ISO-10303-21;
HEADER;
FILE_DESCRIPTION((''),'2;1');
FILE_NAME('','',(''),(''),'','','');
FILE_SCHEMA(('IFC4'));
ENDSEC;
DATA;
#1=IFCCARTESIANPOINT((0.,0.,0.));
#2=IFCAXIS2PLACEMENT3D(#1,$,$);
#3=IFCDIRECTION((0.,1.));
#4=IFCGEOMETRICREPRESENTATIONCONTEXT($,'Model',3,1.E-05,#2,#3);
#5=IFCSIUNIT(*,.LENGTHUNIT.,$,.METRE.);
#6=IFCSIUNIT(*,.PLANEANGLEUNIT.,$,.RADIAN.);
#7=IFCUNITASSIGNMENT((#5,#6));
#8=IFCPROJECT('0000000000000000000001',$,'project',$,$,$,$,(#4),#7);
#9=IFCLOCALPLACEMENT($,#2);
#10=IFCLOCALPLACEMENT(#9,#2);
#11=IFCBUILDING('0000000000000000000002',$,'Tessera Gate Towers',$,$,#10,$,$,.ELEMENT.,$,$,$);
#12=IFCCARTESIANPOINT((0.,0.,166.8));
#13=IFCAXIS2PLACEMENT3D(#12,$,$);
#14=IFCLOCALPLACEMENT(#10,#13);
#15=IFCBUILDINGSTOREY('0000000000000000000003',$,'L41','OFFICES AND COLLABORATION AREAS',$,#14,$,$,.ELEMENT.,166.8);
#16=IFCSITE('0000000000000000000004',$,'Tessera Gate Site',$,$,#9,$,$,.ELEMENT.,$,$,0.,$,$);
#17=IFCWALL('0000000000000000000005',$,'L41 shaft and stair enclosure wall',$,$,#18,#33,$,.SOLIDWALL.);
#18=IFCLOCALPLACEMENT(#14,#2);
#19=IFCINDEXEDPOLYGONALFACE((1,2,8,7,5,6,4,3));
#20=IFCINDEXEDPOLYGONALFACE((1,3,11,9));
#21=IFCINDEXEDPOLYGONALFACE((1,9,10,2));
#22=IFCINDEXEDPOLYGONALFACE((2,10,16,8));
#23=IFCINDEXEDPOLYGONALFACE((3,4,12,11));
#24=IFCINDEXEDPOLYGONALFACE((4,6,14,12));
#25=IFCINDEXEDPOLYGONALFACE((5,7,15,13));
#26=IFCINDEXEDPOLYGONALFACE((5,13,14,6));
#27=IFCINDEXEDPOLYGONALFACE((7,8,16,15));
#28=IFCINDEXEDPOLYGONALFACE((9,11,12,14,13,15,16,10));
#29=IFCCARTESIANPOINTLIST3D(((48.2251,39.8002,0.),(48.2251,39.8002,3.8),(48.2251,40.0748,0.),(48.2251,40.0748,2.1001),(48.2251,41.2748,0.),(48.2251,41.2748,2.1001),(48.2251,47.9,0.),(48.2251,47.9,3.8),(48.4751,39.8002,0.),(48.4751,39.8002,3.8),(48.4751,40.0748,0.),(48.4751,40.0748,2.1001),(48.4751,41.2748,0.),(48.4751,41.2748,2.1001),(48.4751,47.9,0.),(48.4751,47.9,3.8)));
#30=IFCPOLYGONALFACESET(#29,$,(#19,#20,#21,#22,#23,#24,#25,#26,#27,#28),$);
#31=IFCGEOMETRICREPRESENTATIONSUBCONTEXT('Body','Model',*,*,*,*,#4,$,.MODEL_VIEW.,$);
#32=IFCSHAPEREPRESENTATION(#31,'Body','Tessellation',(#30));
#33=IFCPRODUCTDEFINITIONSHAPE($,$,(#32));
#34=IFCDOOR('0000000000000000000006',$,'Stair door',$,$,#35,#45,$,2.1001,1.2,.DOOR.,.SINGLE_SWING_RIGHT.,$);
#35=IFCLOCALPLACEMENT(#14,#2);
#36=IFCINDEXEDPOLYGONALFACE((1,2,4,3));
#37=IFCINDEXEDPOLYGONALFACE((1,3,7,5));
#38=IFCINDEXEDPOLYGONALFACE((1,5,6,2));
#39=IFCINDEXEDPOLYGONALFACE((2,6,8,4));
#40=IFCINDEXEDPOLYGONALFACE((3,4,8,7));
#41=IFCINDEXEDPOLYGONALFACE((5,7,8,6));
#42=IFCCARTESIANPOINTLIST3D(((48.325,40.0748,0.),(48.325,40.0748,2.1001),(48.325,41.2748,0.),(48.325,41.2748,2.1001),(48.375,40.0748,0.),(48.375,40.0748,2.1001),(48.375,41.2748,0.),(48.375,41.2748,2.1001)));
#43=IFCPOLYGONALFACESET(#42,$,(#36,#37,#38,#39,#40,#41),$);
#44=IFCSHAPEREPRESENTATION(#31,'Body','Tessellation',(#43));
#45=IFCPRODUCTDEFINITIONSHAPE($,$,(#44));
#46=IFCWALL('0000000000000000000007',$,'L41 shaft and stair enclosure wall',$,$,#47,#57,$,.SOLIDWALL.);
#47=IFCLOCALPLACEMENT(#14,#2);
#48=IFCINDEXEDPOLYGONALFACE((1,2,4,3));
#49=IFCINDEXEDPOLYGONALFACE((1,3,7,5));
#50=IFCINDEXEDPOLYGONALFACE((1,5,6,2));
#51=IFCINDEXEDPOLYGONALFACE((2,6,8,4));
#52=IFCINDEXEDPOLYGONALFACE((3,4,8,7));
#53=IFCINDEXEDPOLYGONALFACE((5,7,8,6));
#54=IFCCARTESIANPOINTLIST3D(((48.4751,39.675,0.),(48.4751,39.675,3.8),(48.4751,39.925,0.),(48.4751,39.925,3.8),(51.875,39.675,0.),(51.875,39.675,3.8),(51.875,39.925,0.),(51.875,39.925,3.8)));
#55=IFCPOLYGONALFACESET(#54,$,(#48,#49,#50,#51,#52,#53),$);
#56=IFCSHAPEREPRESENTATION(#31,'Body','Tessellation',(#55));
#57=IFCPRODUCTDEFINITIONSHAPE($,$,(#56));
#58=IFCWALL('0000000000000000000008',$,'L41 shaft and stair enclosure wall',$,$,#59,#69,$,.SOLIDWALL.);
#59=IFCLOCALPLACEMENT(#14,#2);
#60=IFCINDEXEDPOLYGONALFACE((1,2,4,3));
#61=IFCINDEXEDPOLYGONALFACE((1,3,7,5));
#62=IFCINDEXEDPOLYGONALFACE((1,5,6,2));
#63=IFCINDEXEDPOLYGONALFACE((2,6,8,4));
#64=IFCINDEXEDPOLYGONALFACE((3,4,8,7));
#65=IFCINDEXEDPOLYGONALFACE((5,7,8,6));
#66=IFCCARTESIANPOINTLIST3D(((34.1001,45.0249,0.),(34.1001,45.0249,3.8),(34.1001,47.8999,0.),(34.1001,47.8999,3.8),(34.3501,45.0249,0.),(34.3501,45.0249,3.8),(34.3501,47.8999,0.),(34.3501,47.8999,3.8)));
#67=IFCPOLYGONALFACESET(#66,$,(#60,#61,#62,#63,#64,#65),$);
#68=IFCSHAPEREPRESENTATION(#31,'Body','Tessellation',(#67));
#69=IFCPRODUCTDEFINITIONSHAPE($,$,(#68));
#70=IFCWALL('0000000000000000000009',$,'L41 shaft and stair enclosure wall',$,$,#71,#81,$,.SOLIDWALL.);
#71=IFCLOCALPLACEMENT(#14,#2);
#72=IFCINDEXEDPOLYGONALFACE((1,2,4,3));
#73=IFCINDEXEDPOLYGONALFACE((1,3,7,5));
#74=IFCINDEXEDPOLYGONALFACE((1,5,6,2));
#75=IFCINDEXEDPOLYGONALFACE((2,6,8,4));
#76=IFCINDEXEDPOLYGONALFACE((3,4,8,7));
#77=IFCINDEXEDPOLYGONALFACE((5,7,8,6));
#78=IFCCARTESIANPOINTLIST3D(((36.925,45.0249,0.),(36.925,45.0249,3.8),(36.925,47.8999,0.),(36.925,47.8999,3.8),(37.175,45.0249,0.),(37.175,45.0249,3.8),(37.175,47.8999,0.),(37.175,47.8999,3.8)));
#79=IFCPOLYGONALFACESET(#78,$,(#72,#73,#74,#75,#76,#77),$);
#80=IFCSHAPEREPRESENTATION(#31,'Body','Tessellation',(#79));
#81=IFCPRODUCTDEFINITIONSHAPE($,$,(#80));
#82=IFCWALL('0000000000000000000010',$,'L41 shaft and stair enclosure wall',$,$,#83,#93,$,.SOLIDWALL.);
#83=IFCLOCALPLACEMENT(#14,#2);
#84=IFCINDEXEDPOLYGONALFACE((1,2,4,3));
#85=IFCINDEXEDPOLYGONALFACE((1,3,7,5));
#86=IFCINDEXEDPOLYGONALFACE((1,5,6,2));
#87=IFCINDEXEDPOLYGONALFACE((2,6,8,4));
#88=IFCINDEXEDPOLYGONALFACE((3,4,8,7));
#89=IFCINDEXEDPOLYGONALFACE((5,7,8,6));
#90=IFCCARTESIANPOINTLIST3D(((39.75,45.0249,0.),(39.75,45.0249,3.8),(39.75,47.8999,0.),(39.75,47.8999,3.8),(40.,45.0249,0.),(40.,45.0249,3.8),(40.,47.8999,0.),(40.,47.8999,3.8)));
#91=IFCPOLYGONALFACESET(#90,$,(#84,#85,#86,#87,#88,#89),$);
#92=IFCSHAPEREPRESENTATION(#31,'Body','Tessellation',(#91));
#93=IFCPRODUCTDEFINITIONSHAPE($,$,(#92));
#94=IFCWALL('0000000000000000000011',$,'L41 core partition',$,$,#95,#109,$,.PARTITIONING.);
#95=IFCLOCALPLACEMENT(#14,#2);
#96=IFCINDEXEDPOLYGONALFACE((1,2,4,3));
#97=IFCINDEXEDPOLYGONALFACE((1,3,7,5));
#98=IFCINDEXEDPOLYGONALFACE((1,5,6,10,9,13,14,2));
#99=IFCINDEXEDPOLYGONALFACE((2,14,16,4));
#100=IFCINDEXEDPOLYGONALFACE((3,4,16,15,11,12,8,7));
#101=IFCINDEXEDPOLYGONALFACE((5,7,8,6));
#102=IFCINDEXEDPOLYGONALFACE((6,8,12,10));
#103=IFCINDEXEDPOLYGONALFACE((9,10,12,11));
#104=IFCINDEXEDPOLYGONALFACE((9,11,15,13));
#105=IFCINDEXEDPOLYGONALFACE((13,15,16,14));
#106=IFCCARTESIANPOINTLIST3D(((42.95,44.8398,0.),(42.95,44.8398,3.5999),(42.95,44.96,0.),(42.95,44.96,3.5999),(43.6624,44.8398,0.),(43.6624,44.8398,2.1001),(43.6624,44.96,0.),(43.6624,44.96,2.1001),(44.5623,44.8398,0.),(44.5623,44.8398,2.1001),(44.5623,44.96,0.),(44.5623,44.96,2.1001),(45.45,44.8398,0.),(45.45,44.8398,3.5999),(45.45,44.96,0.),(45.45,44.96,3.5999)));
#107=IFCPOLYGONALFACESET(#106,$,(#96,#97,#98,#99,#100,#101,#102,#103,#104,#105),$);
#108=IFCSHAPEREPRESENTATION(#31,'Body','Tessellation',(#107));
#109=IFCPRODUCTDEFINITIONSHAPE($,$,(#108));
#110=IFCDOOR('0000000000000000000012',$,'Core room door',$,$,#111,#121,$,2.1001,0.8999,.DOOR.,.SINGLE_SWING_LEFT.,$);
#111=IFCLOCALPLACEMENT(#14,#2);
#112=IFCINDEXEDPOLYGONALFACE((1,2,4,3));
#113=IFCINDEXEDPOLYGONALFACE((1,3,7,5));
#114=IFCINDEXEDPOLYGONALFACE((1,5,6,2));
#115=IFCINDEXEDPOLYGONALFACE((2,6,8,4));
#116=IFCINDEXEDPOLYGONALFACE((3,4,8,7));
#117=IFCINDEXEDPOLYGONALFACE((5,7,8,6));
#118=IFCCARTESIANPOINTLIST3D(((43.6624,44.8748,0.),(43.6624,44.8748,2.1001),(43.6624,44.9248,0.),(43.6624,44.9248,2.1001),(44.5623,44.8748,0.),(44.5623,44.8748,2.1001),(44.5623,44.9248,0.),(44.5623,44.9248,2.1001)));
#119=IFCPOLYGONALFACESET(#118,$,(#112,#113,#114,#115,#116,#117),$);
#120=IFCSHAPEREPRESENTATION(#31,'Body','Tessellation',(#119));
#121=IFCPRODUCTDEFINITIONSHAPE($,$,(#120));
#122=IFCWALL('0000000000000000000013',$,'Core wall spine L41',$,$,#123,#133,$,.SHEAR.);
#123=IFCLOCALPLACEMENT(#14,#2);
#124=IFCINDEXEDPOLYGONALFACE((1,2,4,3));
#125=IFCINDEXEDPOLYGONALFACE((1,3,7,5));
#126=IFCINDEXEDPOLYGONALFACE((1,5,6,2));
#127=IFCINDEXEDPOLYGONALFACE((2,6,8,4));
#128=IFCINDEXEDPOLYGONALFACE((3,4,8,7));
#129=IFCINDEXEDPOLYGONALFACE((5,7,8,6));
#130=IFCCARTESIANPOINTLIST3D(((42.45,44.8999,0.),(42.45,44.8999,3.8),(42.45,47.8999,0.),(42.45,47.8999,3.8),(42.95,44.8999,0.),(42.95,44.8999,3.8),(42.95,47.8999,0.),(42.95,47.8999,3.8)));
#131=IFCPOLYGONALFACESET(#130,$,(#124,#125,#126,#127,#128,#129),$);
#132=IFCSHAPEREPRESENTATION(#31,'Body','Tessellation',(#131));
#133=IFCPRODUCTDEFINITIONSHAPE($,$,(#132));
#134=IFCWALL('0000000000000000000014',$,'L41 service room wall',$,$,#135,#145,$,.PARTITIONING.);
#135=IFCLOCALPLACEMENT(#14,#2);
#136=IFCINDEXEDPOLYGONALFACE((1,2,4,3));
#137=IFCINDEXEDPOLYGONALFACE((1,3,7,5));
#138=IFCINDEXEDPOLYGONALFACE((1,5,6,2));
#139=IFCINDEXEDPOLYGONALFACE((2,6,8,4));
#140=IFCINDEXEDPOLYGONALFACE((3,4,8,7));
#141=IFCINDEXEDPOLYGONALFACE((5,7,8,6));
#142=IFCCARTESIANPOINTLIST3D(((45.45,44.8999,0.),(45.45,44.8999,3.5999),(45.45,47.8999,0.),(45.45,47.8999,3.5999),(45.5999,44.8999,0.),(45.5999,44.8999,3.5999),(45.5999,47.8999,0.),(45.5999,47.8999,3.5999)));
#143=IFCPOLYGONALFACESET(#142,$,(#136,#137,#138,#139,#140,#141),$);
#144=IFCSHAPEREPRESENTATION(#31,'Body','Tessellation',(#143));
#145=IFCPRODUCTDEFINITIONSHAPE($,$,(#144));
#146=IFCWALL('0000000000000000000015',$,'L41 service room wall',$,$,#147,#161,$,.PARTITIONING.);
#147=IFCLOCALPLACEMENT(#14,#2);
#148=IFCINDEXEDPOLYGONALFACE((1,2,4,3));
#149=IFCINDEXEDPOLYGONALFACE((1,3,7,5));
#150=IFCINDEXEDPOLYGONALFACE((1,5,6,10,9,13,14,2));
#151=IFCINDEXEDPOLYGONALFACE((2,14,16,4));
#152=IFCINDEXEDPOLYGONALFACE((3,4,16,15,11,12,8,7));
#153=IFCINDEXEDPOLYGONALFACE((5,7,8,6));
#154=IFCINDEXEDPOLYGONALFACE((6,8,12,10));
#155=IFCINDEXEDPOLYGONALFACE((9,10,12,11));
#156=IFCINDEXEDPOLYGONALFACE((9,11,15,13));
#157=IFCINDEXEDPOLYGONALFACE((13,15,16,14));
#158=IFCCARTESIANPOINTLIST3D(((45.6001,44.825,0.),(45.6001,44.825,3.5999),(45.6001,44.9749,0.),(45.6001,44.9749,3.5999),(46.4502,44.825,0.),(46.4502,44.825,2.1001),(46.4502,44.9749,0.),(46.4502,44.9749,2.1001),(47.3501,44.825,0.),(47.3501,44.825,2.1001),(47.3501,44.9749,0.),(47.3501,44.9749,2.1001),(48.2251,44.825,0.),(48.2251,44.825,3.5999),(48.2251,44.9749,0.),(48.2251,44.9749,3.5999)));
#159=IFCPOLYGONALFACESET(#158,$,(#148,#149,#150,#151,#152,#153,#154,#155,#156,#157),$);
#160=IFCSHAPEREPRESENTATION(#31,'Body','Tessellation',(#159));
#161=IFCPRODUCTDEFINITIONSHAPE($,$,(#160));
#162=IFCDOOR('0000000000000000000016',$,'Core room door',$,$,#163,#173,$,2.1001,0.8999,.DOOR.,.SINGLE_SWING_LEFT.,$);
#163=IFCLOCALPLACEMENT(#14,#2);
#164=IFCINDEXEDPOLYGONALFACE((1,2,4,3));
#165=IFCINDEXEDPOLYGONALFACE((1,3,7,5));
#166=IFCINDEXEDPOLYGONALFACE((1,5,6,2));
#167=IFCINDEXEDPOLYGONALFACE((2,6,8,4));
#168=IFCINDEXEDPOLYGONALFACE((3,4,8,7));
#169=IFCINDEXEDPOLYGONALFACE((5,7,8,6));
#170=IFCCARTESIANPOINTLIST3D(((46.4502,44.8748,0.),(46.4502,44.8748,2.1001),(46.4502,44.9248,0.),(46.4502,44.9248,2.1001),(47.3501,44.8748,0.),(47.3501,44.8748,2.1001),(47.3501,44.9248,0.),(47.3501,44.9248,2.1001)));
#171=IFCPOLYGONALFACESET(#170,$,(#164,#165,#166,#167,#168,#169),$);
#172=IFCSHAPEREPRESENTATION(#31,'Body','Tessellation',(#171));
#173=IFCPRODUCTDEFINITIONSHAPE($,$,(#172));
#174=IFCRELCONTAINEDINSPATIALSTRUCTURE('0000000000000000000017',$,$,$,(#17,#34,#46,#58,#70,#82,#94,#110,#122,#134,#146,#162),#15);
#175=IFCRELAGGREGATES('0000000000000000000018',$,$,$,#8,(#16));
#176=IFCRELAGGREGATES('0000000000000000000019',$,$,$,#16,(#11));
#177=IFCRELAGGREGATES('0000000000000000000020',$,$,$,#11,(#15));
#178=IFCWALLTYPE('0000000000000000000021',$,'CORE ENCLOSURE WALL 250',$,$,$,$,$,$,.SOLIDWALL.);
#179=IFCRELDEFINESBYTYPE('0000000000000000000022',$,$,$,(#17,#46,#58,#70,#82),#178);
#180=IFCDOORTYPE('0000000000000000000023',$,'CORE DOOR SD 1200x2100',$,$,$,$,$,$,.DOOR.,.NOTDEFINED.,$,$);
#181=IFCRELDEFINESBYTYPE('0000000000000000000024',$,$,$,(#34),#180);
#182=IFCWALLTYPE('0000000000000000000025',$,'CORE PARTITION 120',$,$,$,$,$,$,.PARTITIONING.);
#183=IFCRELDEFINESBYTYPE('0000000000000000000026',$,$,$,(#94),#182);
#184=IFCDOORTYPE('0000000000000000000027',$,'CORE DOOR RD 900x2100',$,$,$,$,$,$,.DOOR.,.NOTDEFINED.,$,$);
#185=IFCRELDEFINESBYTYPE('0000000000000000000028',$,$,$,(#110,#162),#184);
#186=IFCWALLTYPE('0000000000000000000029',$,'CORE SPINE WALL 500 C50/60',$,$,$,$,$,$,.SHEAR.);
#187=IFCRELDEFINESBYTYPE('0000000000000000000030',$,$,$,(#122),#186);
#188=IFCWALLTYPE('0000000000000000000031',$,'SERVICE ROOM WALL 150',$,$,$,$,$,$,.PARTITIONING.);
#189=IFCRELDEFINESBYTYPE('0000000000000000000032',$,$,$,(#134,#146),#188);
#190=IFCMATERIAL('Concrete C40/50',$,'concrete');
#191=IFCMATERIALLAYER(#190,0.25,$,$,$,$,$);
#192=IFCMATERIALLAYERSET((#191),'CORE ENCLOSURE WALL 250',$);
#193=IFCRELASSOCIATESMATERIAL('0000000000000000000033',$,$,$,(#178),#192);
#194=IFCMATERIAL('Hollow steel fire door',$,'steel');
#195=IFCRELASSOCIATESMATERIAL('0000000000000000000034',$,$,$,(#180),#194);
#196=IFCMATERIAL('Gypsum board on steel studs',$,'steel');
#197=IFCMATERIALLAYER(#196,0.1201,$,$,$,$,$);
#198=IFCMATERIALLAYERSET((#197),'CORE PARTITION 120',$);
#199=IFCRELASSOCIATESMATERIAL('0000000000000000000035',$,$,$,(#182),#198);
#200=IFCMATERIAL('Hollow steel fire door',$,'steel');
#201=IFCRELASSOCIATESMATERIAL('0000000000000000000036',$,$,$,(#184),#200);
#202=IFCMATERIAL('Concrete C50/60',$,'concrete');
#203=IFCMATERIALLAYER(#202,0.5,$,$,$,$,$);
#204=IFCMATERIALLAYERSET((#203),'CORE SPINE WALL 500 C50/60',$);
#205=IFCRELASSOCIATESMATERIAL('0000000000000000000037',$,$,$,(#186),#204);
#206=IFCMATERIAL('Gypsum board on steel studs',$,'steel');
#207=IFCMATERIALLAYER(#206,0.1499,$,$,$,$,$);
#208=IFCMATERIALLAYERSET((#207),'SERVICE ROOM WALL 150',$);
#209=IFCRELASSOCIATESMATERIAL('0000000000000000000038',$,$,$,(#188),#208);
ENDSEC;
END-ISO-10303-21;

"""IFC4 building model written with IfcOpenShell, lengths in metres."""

from ifc_helpers import new_model, si_unit, direction, frame, frame_2d, origin, place, context, subcontext, project, spatial, rectangle, extrude, source, transform, mapped, material, layer, layer_set, type_object, element, fill, save


model = new_model("IFC4")

# Units and contexts
model_context = context("Model", 3, precision=1e-05, world=origin(), true_north=direction((0.0, 1.0)))
body_context = subcontext(model_context, "Body", "Model", "MODEL_VIEW")
ifc_project = project(units=[si_unit("LENGTHUNIT", "METRE"), si_unit("PLANEANGLEUNIT", "RADIAN")], contexts=[model_context])

# Site, building, storey
site_placement = place(None, origin())
site = spatial("IfcSite", under=ifc_project, at=site_placement, Name="Tessera Gate Site", CompositionType="ELEMENT", RefElevation=0.0)
building_placement = place(site_placement, origin())
building = spatial("IfcBuilding", under=site, at=building_placement, Name="Tessera Gate Towers", CompositionType="ELEMENT")
storey_placement = place(building_placement, frame((0.0, 0.0, 166.8)))
storey = spatial("IfcBuildingStorey", under=building, at=storey_placement, Name="L41", Description="OFFICES AND COLLABORATION AREAS", CompositionType="ELEMENT", Elevation=166.8)

# Shared definitions
ifc_material_1 = material(Name="Concrete C40/50", Category="concrete")
ifc_layer_1 = layer(ifc_material_1, 0.25)
ifc_layer_set_1 = layer_set([ifc_layer_1], Name="CORE ENCLOSURE WALL 250")
wall_type_1 = type_object("IfcWallType", Name="CORE ENCLOSURE WALL 250", PredefinedType="SOLIDWALL", material=ifc_layer_set_1)

# Wall, opening, door
wall_1_placement = place(storey_placement, frame((48.3501, 47.8999, 0.0), z_axis=(0.0, 0.0, 1.0), x_axis=(0.0, -1.0, 0.0)))
wall_1 = element("IfcWall", 1, at=wall_1_placement, inside=storey, type_object=wall_type_1, Name="L41 shaft and stair enclosure wall", PredefinedType="SOLIDWALL", context=body_context, shape_type="SweptSolid", body=[
    extrude(rectangle(XDim=8.0999, YDim=0.25, at=frame_2d((4.0498, 0.0))), origin(), (0.0, 0.0, 1.0), 3.8),
])
shared_shape_1 = source(origin(), body_context, "Body", "SweptSolid", [
    extrude(rectangle(XDim=1.2, YDim=2.1001, at=frame_2d((0.6001, 1.05))), frame((0.0, 0.135, 0.0), z_axis=(0.0, -1.0, 0.0), x_axis=(1.0, 0.0, 0.0)), (0.0, 0.0, 1.0), 0.27),
])
opening_1_placement = place(wall_1_placement, frame((6.625, 0.0, 0.0)))
opening_1 = element("IfcOpeningElement", 2, at=opening_1_placement, cuts=wall_1, PredefinedType="OPENING", context=body_context, shape_type="MappedRepresentation", body=[
    mapped(shared_shape_1, transform((0.0, 0.0, 0.0), scale=1.0)),
])
ifc_material_2 = material(Name="Hollow steel fire door", Category="steel")
door_type_1 = type_object("IfcDoorType", Name="CORE DOOR SD 1200x2100", OperationType="NOTDEFINED", PredefinedType="DOOR", material=ifc_material_2)
shared_shape_2 = source(origin(), body_context, "Body", "SweptSolid", [
    extrude(rectangle(XDim=1.2, YDim=2.1001, at=frame_2d((0.6001, 1.05))), frame((0.0, 0.0249, 0.0), z_axis=(0.0, -1.0, 0.0), x_axis=(1.0, 0.0, 0.0)), (0.0, 0.0, 1.0), 0.05),
])
door_1_placement = place(opening_1_placement, origin())
door_1 = element("IfcDoor", 3, at=door_1_placement, inside=storey, type_object=door_type_1, Name="Stair door", OperationType="SINGLE_SWING_RIGHT", OverallHeight=2.1001, OverallWidth=1.2, PredefinedType="DOOR", context=body_context, shape_type="MappedRepresentation", body=[
    mapped(shared_shape_2, transform((0.0, 0.0, 0.0), scale=1.0)),
])
fill(opening_1, door_1)

# Walls
wall_2_placement = place(storey_placement, frame((48.4751, 39.8, 0.0), z_axis=(0.0, 0.0, 1.0), x_axis=(1.0, 0.0, 0.0)))
element("IfcWall", 4, at=wall_2_placement, inside=storey, type_object=wall_type_1, Name="L41 shaft and stair enclosure wall", PredefinedType="SOLIDWALL", context=body_context, shape_type="SweptSolid", body=[
    extrude(rectangle(XDim=3.3999, YDim=0.25, at=frame_2d((1.7, 0.0))), origin(), (0.0, 0.0, 1.0), 3.8),
])
for number, where, z_axis, x_axis, name in (
    (5, (34.2251, 45.0249, 0.0), (0.0, 0.0, 1.0), (0.0, 1.0, 0.0), "L41 shaft and stair enclosure wall"),
    (6, (37.05, 45.0249, 0.0), (0.0, 0.0, 1.0), (0.0, 1.0, 0.0), "L41 shaft and stair enclosure wall"),
    (7, (39.875, 45.0249, 0.0), (0.0, 0.0, 1.0), (0.0, 1.0, 0.0), "L41 shaft and stair enclosure wall"),
):
    element("IfcWall", number, at=place(storey_placement, frame(where, z_axis=z_axis, x_axis=x_axis)), inside=storey, type_object=wall_type_1, Name=name, PredefinedType="SOLIDWALL", context=body_context, shape_type="SweptSolid", body=[
        extrude(rectangle(XDim=2.875, YDim=0.25, at=frame_2d((1.4375, 0.0))), origin(), (0.0, 0.0, 1.0), 3.8),
    ])

# Wall, opening, door
ifc_material_3 = material(Name="Gypsum board on steel studs", Category="steel")
ifc_layer_2 = layer(ifc_material_3, 0.1201)
ifc_layer_set_2 = layer_set([ifc_layer_2], Name="CORE PARTITION 120")
wall_type_2 = type_object("IfcWallType", Name="CORE PARTITION 120", PredefinedType="PARTITIONING", material=ifc_layer_set_2)
wall_3_placement = place(storey_placement, frame((42.95, 44.8999, 0.0), z_axis=(0.0, 0.0, 1.0), x_axis=(1.0, 0.0, 0.0)))
wall_3 = element("IfcWall", 8, at=wall_3_placement, inside=storey, type_object=wall_type_2, Name="L41 core partition", PredefinedType="PARTITIONING", context=body_context, shape_type="SweptSolid", body=[
    extrude(rectangle(XDim=2.5, YDim=0.1201, at=frame_2d((1.25, 0.0))), origin(), (0.0, 0.0, 1.0), 3.5999),
])
shared_shape_3 = source(origin(), body_context, "Body", "SweptSolid", [
    extrude(rectangle(XDim=0.8999, YDim=2.1001, at=frame_2d((0.45, 1.05))), frame((0.0, 0.0701, 0.0), z_axis=(0.0, -1.0, 0.0), x_axis=(1.0, 0.0, 0.0)), (0.0, 0.0, 1.0), 0.1401),
])
opening_2_placement = place(wall_3_placement, frame((0.7124, 0.0, 0.0)))
opening_2 = element("IfcOpeningElement", 9, at=opening_2_placement, cuts=wall_3, PredefinedType="OPENING", context=body_context, shape_type="MappedRepresentation", body=[
    mapped(shared_shape_3, transform((0.0, 0.0, 0.0), scale=1.0)),
])
ifc_material_4 = material(Name="Hollow steel fire door", Category="steel")
door_type_2 = type_object("IfcDoorType", Name="CORE DOOR RD 900x2100", OperationType="NOTDEFINED", PredefinedType="DOOR", material=ifc_material_4)
shared_shape_4 = source(origin(), body_context, "Body", "SweptSolid", [
    extrude(rectangle(XDim=0.8999, YDim=2.1001, at=frame_2d((0.45, 1.05))), frame((0.0, 0.0249, 0.0), z_axis=(0.0, -1.0, 0.0), x_axis=(1.0, 0.0, 0.0)), (0.0, 0.0, 1.0), 0.05),
])
door_2_placement = place(opening_2_placement, origin())
door_2 = element("IfcDoor", 10, at=door_2_placement, inside=storey, type_object=door_type_2, Name="Core room door", OperationType="SINGLE_SWING_LEFT", OverallHeight=2.1001, OverallWidth=0.8999, PredefinedType="DOOR", context=body_context, shape_type="MappedRepresentation", body=[
    mapped(shared_shape_4, transform((0.0, 0.0, 0.0), scale=1.0)),
])
fill(opening_2, door_2)

# Walls
ifc_material_5 = material(Name="Concrete C50/60", Category="concrete")
ifc_layer_3 = layer(ifc_material_5, 0.5)
ifc_layer_set_3 = layer_set([ifc_layer_3], Name="CORE SPINE WALL 500 C50/60")
wall_type_3 = type_object("IfcWallType", Name="CORE SPINE WALL 500 C50/60", PredefinedType="SHEAR", material=ifc_layer_set_3)
wall_4_placement = place(storey_placement, frame((42.7, 44.8999, 0.0), z_axis=(0.0, 0.0, 1.0), x_axis=(0.0, 1.0, 0.0)))
element("IfcWall", 11, at=wall_4_placement, inside=storey, type_object=wall_type_3, Name="Core wall spine L41", PredefinedType="SHEAR", context=body_context, shape_type="SweptSolid", body=[
    extrude(rectangle(XDim=3.0, YDim=0.5, at=frame_2d((1.5, 0.0))), origin(), (0.0, 0.0, 1.0), 3.8),
])
ifc_material_6 = material(Name="Gypsum board on steel studs", Category="steel")
ifc_layer_4 = layer(ifc_material_6, 0.1499)
ifc_layer_set_4 = layer_set([ifc_layer_4], Name="SERVICE ROOM WALL 150")
wall_type_4 = type_object("IfcWallType", Name="SERVICE ROOM WALL 150", PredefinedType="PARTITIONING", material=ifc_layer_set_4)
wall_5_placement = place(storey_placement, frame((45.5249, 44.8999, 0.0), z_axis=(0.0, 0.0, 1.0), x_axis=(0.0, 1.0, 0.0)))
element("IfcWall", 12, at=wall_5_placement, inside=storey, type_object=wall_type_4, Name="L41 service room wall", PredefinedType="PARTITIONING", context=body_context, shape_type="SweptSolid", body=[
    extrude(rectangle(XDim=3.0, YDim=0.1499, at=frame_2d((1.5, 0.0))), origin(), (0.0, 0.0, 1.0), 3.5999),
])

# Wall, opening, door
wall_6_placement = place(storey_placement, frame((45.6001, 44.8999, 0.0), z_axis=(0.0, 0.0, 1.0), x_axis=(1.0, 0.0, 0.0)))
wall_6 = element("IfcWall", 13, at=wall_6_placement, inside=storey, type_object=wall_type_4, Name="L41 service room wall", PredefinedType="PARTITIONING", context=body_context, shape_type="SweptSolid", body=[
    extrude(rectangle(XDim=2.625, YDim=0.1499, at=frame_2d((1.3125, 0.0))), origin(), (0.0, 0.0, 1.0), 3.5999),
])
shared_shape_5 = source(origin(), body_context, "Body", "SweptSolid", [
    extrude(rectangle(XDim=0.8999, YDim=2.1001, at=frame_2d((0.45, 1.05))), frame((0.0, 0.085, 0.0), z_axis=(0.0, -1.0, 0.0), x_axis=(1.0, 0.0, 0.0)), (0.0, 0.0, 1.0), 0.1699),
])
opening_3_placement = place(wall_6_placement, frame((0.8501, 0.0, 0.0)))
opening_3 = element("IfcOpeningElement", 14, at=opening_3_placement, cuts=wall_6, PredefinedType="OPENING", context=body_context, shape_type="MappedRepresentation", body=[
    mapped(shared_shape_5, transform((0.0, 0.0, 0.0), scale=1.0)),
])
door_3_placement = place(opening_3_placement, origin())
door_3 = element("IfcDoor", 15, at=door_3_placement, inside=storey, type_object=door_type_2, Name="Core room door", OperationType="SINGLE_SWING_LEFT", OverallHeight=2.1001, OverallWidth=0.8999, PredefinedType="DOOR", context=body_context, shape_type="MappedRepresentation", body=[
    mapped(shared_shape_4, transform((0.0, 0.0, 0.0), scale=1.0)),
])
fill(opening_3, door_3)

save(model, "model.ifc")
